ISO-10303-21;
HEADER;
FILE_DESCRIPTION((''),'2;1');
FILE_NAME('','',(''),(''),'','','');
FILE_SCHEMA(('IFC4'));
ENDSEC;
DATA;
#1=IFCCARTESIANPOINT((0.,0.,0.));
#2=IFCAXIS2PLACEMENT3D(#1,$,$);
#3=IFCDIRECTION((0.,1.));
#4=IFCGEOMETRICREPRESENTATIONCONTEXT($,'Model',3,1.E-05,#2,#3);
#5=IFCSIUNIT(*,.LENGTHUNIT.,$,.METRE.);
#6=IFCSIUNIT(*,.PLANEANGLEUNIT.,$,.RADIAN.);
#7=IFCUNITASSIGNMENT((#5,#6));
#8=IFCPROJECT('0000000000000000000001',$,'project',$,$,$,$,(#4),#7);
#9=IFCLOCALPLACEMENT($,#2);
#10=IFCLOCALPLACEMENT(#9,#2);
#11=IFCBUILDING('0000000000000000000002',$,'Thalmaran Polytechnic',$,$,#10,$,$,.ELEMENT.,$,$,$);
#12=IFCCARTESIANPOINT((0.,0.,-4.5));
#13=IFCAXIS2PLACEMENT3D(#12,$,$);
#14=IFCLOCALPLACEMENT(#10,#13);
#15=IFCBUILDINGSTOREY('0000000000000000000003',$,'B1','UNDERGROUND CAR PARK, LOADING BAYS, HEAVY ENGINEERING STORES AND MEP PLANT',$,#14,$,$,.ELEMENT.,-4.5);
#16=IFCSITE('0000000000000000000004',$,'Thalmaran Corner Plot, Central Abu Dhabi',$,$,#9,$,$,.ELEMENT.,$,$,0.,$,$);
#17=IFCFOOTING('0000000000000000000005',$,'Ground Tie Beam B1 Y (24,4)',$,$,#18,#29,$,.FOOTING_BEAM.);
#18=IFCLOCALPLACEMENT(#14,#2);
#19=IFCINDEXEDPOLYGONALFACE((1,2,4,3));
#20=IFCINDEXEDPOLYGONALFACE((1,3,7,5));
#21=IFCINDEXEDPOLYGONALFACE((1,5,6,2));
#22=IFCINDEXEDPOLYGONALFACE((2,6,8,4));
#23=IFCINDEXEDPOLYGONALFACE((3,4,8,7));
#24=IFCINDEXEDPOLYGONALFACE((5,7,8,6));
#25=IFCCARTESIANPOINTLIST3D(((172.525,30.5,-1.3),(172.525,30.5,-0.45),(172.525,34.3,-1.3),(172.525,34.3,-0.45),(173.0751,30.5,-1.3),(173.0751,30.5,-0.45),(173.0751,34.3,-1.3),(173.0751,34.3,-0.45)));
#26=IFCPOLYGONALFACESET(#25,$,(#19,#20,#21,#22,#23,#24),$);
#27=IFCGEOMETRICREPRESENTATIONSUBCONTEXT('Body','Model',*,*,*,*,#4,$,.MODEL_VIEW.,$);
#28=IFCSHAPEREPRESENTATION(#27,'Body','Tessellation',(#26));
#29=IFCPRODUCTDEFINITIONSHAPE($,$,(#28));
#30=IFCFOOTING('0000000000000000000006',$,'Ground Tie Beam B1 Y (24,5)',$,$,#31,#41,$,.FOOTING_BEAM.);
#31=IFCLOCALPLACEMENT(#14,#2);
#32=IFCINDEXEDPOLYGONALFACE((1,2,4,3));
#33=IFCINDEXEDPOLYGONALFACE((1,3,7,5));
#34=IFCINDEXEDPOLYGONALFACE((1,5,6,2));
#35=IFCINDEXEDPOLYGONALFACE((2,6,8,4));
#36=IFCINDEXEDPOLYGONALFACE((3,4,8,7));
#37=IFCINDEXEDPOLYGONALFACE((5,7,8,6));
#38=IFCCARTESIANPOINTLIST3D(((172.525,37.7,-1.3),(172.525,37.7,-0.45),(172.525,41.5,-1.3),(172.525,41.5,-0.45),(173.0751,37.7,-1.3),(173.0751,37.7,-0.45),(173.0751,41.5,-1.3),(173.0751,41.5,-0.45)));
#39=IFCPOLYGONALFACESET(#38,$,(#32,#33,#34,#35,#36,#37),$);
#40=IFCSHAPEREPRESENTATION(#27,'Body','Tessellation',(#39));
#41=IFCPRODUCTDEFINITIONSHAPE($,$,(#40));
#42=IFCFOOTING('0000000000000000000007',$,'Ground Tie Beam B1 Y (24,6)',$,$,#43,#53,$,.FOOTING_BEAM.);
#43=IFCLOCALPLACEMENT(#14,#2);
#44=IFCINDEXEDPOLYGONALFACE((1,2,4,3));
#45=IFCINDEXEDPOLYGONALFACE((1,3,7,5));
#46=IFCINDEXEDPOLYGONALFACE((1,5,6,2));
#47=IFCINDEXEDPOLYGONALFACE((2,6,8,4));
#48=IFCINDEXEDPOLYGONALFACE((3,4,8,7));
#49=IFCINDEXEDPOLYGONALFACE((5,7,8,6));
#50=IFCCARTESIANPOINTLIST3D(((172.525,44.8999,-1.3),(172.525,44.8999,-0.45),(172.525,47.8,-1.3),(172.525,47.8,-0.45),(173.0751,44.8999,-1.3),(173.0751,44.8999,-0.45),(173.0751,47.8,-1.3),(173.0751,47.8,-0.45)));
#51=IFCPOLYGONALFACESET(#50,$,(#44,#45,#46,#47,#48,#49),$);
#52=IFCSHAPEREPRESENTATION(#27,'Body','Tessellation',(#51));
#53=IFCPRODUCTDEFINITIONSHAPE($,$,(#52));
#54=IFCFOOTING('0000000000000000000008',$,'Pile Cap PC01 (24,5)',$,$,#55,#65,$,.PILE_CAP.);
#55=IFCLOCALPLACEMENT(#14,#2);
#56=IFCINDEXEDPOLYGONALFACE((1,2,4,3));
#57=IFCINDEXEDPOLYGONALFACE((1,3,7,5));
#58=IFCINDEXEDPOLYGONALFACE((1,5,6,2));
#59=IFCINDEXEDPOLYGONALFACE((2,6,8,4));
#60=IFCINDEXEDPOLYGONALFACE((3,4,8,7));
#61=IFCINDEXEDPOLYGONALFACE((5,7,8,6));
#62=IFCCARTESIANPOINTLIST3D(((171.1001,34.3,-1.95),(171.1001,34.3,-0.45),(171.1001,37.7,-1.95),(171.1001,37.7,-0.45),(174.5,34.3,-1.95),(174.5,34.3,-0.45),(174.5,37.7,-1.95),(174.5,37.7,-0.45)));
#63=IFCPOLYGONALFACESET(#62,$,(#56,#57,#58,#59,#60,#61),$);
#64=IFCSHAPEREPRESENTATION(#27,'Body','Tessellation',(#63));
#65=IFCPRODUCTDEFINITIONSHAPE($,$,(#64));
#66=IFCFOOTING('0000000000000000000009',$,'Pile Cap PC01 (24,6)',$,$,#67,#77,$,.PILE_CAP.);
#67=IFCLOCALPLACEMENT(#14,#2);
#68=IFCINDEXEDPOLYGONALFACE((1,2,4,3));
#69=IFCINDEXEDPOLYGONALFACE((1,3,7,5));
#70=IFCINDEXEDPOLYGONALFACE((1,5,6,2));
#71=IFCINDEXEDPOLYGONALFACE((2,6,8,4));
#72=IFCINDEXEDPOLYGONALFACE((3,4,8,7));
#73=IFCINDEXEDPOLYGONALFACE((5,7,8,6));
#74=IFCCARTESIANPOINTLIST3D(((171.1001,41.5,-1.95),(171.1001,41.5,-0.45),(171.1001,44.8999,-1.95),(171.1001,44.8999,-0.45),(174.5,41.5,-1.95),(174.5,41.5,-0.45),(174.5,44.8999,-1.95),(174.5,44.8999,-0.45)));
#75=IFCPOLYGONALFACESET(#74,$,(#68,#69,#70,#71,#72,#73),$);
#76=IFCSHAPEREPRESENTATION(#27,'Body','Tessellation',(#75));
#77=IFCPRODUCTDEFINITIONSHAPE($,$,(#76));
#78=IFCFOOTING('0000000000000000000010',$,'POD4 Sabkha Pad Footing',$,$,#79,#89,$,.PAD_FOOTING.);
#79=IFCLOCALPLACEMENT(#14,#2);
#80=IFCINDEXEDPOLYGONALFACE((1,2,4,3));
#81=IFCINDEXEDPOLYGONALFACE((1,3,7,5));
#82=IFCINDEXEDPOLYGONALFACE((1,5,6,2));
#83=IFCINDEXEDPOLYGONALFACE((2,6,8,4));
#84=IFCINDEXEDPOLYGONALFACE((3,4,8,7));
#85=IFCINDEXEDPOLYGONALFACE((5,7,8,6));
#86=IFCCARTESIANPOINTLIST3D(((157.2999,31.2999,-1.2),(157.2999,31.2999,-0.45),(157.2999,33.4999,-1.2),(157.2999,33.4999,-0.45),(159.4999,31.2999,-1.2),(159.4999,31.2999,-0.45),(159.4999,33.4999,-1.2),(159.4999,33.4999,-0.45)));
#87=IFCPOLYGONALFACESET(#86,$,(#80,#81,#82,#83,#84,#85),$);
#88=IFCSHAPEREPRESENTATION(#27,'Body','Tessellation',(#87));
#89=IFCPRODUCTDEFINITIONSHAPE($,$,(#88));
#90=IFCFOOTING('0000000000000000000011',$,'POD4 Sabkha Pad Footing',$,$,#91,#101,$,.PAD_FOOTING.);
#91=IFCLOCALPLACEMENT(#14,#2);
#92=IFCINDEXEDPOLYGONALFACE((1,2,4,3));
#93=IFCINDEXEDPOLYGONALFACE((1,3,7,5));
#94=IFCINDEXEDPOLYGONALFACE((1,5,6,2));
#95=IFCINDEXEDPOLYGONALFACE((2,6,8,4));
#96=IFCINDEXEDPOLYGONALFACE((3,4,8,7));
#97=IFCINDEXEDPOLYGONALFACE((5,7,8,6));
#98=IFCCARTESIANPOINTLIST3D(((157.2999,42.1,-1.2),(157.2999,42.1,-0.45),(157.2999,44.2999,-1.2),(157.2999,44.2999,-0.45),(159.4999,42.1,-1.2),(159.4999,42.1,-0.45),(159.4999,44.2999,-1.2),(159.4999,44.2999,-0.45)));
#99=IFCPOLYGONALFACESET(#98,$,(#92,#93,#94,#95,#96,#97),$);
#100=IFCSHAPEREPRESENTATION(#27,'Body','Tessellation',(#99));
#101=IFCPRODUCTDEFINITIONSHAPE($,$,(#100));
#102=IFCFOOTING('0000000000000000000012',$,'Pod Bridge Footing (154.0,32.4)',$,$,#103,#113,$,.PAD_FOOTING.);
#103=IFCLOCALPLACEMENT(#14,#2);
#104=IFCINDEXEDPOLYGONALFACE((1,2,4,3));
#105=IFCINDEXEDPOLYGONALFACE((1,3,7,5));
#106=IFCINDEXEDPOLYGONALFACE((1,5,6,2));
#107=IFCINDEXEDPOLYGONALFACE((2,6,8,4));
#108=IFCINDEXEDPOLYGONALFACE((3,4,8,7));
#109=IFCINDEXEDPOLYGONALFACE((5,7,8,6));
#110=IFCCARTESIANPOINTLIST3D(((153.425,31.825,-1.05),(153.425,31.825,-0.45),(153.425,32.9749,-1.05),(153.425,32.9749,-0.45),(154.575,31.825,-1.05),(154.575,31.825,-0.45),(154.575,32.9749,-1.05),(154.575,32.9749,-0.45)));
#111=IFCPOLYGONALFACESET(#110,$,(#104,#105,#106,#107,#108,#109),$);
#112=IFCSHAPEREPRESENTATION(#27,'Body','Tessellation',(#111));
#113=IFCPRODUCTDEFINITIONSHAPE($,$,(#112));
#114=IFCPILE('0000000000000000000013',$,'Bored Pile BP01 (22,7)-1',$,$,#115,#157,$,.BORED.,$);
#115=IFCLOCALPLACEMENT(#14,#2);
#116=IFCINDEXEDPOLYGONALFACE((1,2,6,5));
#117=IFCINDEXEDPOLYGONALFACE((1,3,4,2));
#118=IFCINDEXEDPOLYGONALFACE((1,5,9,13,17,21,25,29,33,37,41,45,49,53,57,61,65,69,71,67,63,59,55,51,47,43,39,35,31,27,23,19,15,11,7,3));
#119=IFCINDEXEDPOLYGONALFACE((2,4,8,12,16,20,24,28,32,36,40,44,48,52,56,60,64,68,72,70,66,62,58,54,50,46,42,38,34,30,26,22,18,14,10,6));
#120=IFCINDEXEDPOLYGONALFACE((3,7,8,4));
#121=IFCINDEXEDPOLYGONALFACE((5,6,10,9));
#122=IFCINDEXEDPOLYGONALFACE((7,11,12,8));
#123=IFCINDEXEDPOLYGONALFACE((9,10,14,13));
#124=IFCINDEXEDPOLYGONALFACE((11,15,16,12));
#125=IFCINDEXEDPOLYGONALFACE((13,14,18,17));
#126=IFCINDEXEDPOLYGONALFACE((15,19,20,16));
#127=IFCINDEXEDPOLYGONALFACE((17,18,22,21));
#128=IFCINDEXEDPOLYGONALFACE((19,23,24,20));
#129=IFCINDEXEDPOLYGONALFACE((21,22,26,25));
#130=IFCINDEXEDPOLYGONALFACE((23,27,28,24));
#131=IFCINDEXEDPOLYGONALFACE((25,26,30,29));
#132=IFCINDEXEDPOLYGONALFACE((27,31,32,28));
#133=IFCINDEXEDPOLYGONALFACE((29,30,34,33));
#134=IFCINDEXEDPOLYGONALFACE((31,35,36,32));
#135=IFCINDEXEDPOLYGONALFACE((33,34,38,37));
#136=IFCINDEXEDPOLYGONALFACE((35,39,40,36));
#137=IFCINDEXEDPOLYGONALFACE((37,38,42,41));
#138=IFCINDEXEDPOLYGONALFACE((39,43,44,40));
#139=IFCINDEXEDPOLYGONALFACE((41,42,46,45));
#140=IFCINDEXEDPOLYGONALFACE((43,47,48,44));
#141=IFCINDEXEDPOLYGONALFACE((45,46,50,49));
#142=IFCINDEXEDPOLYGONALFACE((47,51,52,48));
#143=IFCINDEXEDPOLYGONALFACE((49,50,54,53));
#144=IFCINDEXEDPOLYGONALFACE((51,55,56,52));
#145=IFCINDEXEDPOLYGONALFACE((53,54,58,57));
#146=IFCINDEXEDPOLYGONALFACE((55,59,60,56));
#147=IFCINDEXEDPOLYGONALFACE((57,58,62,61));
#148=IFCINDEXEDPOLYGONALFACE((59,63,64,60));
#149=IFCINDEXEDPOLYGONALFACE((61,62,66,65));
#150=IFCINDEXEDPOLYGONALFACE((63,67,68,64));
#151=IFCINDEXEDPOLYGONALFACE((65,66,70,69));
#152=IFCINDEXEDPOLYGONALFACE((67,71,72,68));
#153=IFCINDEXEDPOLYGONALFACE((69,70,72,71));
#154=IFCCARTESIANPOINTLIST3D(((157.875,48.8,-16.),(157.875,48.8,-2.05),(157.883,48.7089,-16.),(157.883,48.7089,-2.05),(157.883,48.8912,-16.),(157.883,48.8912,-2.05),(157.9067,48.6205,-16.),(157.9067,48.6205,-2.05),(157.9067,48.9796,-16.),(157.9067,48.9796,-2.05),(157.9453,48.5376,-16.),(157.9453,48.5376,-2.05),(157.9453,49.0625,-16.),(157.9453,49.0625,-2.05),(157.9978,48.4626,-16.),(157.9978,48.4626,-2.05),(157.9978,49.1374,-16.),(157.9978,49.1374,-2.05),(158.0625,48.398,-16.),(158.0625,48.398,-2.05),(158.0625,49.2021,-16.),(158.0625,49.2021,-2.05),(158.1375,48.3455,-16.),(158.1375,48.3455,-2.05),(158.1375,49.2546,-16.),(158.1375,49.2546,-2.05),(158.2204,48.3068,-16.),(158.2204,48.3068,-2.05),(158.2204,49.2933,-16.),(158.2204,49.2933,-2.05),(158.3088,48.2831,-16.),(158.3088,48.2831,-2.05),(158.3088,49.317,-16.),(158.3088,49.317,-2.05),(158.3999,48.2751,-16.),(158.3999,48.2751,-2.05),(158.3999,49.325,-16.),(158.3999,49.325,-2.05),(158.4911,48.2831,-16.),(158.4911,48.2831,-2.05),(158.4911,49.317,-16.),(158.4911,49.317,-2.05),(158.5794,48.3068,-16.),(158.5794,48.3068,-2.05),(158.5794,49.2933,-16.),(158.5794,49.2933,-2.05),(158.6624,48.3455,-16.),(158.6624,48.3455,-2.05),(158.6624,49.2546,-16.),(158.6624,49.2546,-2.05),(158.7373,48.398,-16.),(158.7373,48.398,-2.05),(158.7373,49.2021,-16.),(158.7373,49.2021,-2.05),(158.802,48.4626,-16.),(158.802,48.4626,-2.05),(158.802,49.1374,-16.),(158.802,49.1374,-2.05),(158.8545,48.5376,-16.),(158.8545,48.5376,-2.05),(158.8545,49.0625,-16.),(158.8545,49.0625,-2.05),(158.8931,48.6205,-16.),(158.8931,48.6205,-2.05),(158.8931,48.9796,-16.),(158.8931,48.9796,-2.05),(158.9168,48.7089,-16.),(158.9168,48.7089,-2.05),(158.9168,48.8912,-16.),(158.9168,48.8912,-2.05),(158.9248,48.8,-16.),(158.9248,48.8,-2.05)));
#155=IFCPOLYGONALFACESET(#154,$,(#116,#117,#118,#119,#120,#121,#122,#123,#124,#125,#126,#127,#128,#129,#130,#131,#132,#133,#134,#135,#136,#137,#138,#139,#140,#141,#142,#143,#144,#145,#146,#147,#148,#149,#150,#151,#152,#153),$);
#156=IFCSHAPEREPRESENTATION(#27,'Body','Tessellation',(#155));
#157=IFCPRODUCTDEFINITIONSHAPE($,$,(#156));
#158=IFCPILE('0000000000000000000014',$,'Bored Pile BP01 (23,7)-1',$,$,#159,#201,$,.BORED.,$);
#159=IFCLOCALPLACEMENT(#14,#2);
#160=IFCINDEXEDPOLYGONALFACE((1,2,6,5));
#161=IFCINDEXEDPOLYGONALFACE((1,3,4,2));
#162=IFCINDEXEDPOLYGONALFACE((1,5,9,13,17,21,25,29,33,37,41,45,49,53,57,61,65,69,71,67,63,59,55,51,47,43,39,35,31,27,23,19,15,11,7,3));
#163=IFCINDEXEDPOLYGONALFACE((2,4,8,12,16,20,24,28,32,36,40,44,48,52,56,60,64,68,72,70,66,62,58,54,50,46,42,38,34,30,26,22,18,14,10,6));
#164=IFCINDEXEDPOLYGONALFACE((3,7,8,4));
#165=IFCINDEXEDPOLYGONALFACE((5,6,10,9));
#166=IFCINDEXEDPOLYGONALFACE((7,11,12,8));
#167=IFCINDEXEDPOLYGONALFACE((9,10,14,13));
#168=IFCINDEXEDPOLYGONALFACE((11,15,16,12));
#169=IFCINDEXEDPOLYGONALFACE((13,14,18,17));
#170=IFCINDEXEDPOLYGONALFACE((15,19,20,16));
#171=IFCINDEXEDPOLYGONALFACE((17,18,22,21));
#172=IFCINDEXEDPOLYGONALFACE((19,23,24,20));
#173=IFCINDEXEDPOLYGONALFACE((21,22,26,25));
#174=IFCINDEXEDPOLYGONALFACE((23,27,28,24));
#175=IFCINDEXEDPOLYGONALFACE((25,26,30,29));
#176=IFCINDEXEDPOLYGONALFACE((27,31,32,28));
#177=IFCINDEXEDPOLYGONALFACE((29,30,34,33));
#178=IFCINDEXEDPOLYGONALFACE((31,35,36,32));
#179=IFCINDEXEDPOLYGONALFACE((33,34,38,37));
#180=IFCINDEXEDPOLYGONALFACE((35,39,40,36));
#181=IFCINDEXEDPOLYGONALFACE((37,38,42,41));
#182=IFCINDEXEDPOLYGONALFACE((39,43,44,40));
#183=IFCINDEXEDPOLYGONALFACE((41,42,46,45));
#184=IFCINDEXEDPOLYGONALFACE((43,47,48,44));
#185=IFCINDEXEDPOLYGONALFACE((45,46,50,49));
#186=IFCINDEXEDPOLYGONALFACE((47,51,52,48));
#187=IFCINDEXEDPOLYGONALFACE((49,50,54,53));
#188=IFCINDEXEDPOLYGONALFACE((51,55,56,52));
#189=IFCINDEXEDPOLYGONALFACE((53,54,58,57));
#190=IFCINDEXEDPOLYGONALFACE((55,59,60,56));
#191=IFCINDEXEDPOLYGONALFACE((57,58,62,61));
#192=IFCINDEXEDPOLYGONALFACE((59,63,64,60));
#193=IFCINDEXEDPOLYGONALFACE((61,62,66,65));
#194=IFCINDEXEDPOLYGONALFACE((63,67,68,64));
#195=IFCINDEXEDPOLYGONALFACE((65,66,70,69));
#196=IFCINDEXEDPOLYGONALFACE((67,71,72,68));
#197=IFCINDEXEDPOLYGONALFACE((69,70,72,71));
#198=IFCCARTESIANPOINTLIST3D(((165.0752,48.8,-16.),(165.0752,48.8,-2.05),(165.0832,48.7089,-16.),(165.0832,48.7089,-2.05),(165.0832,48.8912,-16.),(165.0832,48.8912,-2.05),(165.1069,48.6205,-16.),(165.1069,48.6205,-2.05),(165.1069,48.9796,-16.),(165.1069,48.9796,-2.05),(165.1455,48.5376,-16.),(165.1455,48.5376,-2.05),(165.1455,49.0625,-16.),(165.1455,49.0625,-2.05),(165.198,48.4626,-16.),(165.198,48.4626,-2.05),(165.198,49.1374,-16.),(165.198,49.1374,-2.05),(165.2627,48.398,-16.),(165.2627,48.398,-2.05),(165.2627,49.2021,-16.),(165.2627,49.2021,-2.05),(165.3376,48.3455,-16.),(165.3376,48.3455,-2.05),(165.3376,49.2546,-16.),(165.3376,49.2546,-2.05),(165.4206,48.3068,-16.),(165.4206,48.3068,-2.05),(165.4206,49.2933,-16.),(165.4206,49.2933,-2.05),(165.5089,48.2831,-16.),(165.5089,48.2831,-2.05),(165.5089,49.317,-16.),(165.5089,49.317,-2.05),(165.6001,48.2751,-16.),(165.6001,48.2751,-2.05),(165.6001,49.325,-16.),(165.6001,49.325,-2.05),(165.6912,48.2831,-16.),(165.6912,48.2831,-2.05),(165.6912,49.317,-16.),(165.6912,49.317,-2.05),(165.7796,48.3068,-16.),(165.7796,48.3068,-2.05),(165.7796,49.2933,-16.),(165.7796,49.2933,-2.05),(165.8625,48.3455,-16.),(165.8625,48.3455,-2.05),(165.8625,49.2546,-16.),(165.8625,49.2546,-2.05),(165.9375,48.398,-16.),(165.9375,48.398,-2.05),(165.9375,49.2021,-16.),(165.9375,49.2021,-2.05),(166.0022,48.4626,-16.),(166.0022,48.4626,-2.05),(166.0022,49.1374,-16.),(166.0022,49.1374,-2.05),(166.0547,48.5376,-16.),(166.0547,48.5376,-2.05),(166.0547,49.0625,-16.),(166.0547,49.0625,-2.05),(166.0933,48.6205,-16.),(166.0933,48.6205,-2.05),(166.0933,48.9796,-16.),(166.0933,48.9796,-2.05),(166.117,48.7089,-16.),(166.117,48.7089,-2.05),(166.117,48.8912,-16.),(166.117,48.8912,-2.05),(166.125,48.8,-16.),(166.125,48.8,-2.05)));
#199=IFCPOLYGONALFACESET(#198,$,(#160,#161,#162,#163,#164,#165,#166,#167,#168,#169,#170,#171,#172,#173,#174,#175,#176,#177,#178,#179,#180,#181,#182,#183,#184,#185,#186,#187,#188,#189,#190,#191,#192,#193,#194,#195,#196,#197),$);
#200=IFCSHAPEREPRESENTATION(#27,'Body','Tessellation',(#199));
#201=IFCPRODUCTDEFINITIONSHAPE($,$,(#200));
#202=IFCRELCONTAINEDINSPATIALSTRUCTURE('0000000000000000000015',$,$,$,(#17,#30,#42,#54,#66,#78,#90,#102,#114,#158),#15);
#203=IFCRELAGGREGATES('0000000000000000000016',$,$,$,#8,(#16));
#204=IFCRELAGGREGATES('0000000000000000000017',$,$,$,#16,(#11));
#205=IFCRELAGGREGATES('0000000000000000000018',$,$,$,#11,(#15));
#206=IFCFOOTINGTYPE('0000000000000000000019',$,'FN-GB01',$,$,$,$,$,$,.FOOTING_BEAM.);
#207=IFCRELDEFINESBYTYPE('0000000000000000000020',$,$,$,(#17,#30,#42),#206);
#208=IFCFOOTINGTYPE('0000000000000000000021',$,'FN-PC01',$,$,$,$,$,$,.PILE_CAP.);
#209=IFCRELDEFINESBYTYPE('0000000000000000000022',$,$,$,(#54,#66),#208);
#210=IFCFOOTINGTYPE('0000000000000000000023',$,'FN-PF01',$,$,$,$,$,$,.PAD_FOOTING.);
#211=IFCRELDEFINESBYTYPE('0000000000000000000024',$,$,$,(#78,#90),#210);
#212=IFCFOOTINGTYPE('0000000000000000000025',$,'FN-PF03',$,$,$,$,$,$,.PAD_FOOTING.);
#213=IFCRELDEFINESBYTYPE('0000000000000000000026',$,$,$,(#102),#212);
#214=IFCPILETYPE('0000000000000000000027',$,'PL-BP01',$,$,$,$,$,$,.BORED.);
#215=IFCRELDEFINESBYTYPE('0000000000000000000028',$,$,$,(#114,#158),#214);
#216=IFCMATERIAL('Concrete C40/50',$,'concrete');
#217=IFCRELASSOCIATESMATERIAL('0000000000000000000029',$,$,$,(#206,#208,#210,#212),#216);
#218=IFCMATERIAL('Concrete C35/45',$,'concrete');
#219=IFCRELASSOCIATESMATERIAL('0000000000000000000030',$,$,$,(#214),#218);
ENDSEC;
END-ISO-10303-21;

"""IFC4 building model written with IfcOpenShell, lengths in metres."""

from ifc_helpers import new_model, si_unit, direction, frame, origin, origin_2d, place, context, subcontext, project, spatial, rectangle, circle, extrude, material, material_profile, profile_set, type_object, element, save


model = new_model("IFC4")

# Units and contexts
model_context = context("Model", 3, precision=1e-05, world=origin(), true_north=direction((0.0, 1.0)))
body_context = subcontext(model_context, "Body", "Model", "MODEL_VIEW")
ifc_project = project(units=[si_unit("LENGTHUNIT", "METRE"), si_unit("PLANEANGLEUNIT", "RADIAN")], contexts=[model_context])

# Site, building, storey
site_placement = place(None, origin())
site = spatial("IfcSite", under=ifc_project, at=site_placement, Name="Thalmaran Corner Plot, Central Abu Dhabi", CompositionType="ELEMENT", RefElevation=0.0)
building_placement = place(site_placement, origin())
building = spatial("IfcBuilding", under=site, at=building_placement, Name="Thalmaran Polytechnic", CompositionType="ELEMENT")
storey_placement = place(building_placement, frame((0.0, 0.0, -4.5)))
storey = spatial("IfcBuildingStorey", under=building, at=storey_placement, Name="B1", Description="UNDERGROUND CAR PARK, LOADING BAYS, HEAVY ENGINEERING STORES AND MEP PLANT", CompositionType="ELEMENT", Elevation=-4.5)

# Footings
ifc_material_1 = material(Name="Concrete C40/50", Category="concrete")
ifc_material_profile_1 = material_profile(ifc_material_1, rectangle(XDim=0.55, YDim=0.8501, at=origin_2d()), Name="RC 550x850")
ifc_profile_set_1 = profile_set([ifc_material_profile_1], Name="Concrete C40/50")
footing_type_1 = type_object("IfcFootingType", Name="FN-GB01", PredefinedType="FOOTING_BEAM", material=ifc_profile_set_1)
for number, where, z_axis, x_axis, name in (
    (1, (172.8, 30.5, -0.875), (0.0, 1.0, 0.0), (-1.0, 0.0, 0.0), "Ground Tie Beam B1 Y (24,4)"),
    (2, (172.8, 37.7, -0.875), (0.0, 1.0, 0.0), (-1.0, 0.0, 0.0), "Ground Tie Beam B1 Y (24,5)"),
):
    element("IfcFooting", number, at=place(storey_placement, frame(where, z_axis=z_axis, x_axis=x_axis)), inside=storey, type_object=footing_type_1, Name=name, PredefinedType="FOOTING_BEAM", context=body_context, shape_type="SweptSolid", body=[
        extrude(rectangle(XDim=0.55, YDim=0.8501, at=origin_2d()), origin(), (0.0, 0.0, 1.0), 3.8),
    ])
footing_1_placement = place(storey_placement, frame((172.8, 44.8999, -0.875), z_axis=(0.0, 1.0, 0.0), x_axis=(-1.0, 0.0, 0.0)))
element("IfcFooting", 3, at=footing_1_placement, inside=storey, type_object=footing_type_1, Name="Ground Tie Beam B1 Y (24,6)", PredefinedType="FOOTING_BEAM", context=body_context, shape_type="SweptSolid", body=[
    extrude(rectangle(XDim=0.55, YDim=0.8501, at=origin_2d()), origin(), (0.0, 0.0, 1.0), 2.9001),
])
footing_type_2 = type_object("IfcFootingType", Name="FN-PC01", PredefinedType="PILE_CAP", material=ifc_material_1)
for number, where, z_axis, x_axis, name in (
    (4, (172.8, 36.0, -1.95), (0.0, 0.0, 1.0), (1.0, 0.0, 0.0), "Pile Cap PC01 (24,5)"),
    (5, (172.8, 43.2, -1.95), (0.0, 0.0, 1.0), (1.0, 0.0, 0.0), "Pile Cap PC01 (24,6)"),
):
    element("IfcFooting", number, at=place(storey_placement, frame(where, z_axis=z_axis, x_axis=x_axis)), inside=storey, type_object=footing_type_2, Name=name, PredefinedType="PILE_CAP", context=body_context, shape_type="SweptSolid", body=[
        extrude(rectangle(XDim=3.3999, YDim=3.3999, at=origin_2d()), origin(), (0.0, 0.0, 1.0), 1.5),
    ])
footing_type_3 = type_object("IfcFootingType", Name="FN-PF01", PredefinedType="PAD_FOOTING", material=ifc_material_1)
for number, where, z_axis, x_axis, name in (
    (6, (158.3999, 32.3999, -1.2), (0.0, 0.0, 1.0), (1.0, 0.0, 0.0), "POD4 Sabkha Pad Footing"),
    (7, (158.3999, 43.2, -1.2), (0.0, 0.0, 1.0), (1.0, 0.0, 0.0), "POD4 Sabkha Pad Footing"),
):
    element("IfcFooting", number, at=place(storey_placement, frame(where, z_axis=z_axis, x_axis=x_axis)), inside=storey, type_object=footing_type_3, Name=name, PredefinedType="PAD_FOOTING", context=body_context, shape_type="SweptSolid", body=[
        extrude(rectangle(XDim=2.2, YDim=2.2, at=origin_2d()), origin(), (0.0, 0.0, 1.0), 0.75),
    ])
footing_type_4 = type_object("IfcFootingType", Name="FN-PF03", PredefinedType="PAD_FOOTING", material=ifc_material_1)
footing_2_placement = place(storey_placement, frame((154.0, 32.3999, -1.05), z_axis=(0.0, 0.0, 1.0), x_axis=(1.0, 0.0, 0.0)))
element("IfcFooting", 8, at=footing_2_placement, inside=storey, type_object=footing_type_4, Name="Pod Bridge Footing (154.0,32.4)", PredefinedType="PAD_FOOTING", context=body_context, shape_type="SweptSolid", body=[
    extrude(rectangle(XDim=1.1499, YDim=1.1499, at=origin_2d()), origin(), (0.0, 0.0, 1.0), 0.6001),
])

# Piles
ifc_material_2 = material(Name="Concrete C35/45", Category="concrete")
ifc_material_profile_2 = material_profile(ifc_material_2, circle(Radius=0.5249, at=origin_2d()), Name="RC 1050 DIA")
ifc_profile_set_2 = profile_set([ifc_material_profile_2], Name="Concrete C35/45")
pile_type_1 = type_object("IfcPileType", Name="PL-BP01", PredefinedType="BORED", material=ifc_profile_set_2)
for number, where, z_axis, x_axis, name in (
    (9, (158.3999, 48.8, -2.05), (0.0, 0.0, -1.0), (1.0, 0.0, 0.0), "Bored Pile BP01 (22,7)-1"),
    (10, (165.6001, 48.8, -2.05), (0.0, 0.0, -1.0), (1.0, 0.0, 0.0), "Bored Pile BP01 (23,7)-1"),
):
    element("IfcPile", number, at=place(storey_placement, frame(where, z_axis=z_axis, x_axis=x_axis)), inside=storey, type_object=pile_type_1, Name=name, PredefinedType="BORED", context=body_context, shape_type="SweptSolid", body=[
        extrude(circle(Radius=0.5249, at=origin_2d()), origin(), (0.0, 0.0, 1.0), 13.95),
    ])

save(model, "model.ifc")
